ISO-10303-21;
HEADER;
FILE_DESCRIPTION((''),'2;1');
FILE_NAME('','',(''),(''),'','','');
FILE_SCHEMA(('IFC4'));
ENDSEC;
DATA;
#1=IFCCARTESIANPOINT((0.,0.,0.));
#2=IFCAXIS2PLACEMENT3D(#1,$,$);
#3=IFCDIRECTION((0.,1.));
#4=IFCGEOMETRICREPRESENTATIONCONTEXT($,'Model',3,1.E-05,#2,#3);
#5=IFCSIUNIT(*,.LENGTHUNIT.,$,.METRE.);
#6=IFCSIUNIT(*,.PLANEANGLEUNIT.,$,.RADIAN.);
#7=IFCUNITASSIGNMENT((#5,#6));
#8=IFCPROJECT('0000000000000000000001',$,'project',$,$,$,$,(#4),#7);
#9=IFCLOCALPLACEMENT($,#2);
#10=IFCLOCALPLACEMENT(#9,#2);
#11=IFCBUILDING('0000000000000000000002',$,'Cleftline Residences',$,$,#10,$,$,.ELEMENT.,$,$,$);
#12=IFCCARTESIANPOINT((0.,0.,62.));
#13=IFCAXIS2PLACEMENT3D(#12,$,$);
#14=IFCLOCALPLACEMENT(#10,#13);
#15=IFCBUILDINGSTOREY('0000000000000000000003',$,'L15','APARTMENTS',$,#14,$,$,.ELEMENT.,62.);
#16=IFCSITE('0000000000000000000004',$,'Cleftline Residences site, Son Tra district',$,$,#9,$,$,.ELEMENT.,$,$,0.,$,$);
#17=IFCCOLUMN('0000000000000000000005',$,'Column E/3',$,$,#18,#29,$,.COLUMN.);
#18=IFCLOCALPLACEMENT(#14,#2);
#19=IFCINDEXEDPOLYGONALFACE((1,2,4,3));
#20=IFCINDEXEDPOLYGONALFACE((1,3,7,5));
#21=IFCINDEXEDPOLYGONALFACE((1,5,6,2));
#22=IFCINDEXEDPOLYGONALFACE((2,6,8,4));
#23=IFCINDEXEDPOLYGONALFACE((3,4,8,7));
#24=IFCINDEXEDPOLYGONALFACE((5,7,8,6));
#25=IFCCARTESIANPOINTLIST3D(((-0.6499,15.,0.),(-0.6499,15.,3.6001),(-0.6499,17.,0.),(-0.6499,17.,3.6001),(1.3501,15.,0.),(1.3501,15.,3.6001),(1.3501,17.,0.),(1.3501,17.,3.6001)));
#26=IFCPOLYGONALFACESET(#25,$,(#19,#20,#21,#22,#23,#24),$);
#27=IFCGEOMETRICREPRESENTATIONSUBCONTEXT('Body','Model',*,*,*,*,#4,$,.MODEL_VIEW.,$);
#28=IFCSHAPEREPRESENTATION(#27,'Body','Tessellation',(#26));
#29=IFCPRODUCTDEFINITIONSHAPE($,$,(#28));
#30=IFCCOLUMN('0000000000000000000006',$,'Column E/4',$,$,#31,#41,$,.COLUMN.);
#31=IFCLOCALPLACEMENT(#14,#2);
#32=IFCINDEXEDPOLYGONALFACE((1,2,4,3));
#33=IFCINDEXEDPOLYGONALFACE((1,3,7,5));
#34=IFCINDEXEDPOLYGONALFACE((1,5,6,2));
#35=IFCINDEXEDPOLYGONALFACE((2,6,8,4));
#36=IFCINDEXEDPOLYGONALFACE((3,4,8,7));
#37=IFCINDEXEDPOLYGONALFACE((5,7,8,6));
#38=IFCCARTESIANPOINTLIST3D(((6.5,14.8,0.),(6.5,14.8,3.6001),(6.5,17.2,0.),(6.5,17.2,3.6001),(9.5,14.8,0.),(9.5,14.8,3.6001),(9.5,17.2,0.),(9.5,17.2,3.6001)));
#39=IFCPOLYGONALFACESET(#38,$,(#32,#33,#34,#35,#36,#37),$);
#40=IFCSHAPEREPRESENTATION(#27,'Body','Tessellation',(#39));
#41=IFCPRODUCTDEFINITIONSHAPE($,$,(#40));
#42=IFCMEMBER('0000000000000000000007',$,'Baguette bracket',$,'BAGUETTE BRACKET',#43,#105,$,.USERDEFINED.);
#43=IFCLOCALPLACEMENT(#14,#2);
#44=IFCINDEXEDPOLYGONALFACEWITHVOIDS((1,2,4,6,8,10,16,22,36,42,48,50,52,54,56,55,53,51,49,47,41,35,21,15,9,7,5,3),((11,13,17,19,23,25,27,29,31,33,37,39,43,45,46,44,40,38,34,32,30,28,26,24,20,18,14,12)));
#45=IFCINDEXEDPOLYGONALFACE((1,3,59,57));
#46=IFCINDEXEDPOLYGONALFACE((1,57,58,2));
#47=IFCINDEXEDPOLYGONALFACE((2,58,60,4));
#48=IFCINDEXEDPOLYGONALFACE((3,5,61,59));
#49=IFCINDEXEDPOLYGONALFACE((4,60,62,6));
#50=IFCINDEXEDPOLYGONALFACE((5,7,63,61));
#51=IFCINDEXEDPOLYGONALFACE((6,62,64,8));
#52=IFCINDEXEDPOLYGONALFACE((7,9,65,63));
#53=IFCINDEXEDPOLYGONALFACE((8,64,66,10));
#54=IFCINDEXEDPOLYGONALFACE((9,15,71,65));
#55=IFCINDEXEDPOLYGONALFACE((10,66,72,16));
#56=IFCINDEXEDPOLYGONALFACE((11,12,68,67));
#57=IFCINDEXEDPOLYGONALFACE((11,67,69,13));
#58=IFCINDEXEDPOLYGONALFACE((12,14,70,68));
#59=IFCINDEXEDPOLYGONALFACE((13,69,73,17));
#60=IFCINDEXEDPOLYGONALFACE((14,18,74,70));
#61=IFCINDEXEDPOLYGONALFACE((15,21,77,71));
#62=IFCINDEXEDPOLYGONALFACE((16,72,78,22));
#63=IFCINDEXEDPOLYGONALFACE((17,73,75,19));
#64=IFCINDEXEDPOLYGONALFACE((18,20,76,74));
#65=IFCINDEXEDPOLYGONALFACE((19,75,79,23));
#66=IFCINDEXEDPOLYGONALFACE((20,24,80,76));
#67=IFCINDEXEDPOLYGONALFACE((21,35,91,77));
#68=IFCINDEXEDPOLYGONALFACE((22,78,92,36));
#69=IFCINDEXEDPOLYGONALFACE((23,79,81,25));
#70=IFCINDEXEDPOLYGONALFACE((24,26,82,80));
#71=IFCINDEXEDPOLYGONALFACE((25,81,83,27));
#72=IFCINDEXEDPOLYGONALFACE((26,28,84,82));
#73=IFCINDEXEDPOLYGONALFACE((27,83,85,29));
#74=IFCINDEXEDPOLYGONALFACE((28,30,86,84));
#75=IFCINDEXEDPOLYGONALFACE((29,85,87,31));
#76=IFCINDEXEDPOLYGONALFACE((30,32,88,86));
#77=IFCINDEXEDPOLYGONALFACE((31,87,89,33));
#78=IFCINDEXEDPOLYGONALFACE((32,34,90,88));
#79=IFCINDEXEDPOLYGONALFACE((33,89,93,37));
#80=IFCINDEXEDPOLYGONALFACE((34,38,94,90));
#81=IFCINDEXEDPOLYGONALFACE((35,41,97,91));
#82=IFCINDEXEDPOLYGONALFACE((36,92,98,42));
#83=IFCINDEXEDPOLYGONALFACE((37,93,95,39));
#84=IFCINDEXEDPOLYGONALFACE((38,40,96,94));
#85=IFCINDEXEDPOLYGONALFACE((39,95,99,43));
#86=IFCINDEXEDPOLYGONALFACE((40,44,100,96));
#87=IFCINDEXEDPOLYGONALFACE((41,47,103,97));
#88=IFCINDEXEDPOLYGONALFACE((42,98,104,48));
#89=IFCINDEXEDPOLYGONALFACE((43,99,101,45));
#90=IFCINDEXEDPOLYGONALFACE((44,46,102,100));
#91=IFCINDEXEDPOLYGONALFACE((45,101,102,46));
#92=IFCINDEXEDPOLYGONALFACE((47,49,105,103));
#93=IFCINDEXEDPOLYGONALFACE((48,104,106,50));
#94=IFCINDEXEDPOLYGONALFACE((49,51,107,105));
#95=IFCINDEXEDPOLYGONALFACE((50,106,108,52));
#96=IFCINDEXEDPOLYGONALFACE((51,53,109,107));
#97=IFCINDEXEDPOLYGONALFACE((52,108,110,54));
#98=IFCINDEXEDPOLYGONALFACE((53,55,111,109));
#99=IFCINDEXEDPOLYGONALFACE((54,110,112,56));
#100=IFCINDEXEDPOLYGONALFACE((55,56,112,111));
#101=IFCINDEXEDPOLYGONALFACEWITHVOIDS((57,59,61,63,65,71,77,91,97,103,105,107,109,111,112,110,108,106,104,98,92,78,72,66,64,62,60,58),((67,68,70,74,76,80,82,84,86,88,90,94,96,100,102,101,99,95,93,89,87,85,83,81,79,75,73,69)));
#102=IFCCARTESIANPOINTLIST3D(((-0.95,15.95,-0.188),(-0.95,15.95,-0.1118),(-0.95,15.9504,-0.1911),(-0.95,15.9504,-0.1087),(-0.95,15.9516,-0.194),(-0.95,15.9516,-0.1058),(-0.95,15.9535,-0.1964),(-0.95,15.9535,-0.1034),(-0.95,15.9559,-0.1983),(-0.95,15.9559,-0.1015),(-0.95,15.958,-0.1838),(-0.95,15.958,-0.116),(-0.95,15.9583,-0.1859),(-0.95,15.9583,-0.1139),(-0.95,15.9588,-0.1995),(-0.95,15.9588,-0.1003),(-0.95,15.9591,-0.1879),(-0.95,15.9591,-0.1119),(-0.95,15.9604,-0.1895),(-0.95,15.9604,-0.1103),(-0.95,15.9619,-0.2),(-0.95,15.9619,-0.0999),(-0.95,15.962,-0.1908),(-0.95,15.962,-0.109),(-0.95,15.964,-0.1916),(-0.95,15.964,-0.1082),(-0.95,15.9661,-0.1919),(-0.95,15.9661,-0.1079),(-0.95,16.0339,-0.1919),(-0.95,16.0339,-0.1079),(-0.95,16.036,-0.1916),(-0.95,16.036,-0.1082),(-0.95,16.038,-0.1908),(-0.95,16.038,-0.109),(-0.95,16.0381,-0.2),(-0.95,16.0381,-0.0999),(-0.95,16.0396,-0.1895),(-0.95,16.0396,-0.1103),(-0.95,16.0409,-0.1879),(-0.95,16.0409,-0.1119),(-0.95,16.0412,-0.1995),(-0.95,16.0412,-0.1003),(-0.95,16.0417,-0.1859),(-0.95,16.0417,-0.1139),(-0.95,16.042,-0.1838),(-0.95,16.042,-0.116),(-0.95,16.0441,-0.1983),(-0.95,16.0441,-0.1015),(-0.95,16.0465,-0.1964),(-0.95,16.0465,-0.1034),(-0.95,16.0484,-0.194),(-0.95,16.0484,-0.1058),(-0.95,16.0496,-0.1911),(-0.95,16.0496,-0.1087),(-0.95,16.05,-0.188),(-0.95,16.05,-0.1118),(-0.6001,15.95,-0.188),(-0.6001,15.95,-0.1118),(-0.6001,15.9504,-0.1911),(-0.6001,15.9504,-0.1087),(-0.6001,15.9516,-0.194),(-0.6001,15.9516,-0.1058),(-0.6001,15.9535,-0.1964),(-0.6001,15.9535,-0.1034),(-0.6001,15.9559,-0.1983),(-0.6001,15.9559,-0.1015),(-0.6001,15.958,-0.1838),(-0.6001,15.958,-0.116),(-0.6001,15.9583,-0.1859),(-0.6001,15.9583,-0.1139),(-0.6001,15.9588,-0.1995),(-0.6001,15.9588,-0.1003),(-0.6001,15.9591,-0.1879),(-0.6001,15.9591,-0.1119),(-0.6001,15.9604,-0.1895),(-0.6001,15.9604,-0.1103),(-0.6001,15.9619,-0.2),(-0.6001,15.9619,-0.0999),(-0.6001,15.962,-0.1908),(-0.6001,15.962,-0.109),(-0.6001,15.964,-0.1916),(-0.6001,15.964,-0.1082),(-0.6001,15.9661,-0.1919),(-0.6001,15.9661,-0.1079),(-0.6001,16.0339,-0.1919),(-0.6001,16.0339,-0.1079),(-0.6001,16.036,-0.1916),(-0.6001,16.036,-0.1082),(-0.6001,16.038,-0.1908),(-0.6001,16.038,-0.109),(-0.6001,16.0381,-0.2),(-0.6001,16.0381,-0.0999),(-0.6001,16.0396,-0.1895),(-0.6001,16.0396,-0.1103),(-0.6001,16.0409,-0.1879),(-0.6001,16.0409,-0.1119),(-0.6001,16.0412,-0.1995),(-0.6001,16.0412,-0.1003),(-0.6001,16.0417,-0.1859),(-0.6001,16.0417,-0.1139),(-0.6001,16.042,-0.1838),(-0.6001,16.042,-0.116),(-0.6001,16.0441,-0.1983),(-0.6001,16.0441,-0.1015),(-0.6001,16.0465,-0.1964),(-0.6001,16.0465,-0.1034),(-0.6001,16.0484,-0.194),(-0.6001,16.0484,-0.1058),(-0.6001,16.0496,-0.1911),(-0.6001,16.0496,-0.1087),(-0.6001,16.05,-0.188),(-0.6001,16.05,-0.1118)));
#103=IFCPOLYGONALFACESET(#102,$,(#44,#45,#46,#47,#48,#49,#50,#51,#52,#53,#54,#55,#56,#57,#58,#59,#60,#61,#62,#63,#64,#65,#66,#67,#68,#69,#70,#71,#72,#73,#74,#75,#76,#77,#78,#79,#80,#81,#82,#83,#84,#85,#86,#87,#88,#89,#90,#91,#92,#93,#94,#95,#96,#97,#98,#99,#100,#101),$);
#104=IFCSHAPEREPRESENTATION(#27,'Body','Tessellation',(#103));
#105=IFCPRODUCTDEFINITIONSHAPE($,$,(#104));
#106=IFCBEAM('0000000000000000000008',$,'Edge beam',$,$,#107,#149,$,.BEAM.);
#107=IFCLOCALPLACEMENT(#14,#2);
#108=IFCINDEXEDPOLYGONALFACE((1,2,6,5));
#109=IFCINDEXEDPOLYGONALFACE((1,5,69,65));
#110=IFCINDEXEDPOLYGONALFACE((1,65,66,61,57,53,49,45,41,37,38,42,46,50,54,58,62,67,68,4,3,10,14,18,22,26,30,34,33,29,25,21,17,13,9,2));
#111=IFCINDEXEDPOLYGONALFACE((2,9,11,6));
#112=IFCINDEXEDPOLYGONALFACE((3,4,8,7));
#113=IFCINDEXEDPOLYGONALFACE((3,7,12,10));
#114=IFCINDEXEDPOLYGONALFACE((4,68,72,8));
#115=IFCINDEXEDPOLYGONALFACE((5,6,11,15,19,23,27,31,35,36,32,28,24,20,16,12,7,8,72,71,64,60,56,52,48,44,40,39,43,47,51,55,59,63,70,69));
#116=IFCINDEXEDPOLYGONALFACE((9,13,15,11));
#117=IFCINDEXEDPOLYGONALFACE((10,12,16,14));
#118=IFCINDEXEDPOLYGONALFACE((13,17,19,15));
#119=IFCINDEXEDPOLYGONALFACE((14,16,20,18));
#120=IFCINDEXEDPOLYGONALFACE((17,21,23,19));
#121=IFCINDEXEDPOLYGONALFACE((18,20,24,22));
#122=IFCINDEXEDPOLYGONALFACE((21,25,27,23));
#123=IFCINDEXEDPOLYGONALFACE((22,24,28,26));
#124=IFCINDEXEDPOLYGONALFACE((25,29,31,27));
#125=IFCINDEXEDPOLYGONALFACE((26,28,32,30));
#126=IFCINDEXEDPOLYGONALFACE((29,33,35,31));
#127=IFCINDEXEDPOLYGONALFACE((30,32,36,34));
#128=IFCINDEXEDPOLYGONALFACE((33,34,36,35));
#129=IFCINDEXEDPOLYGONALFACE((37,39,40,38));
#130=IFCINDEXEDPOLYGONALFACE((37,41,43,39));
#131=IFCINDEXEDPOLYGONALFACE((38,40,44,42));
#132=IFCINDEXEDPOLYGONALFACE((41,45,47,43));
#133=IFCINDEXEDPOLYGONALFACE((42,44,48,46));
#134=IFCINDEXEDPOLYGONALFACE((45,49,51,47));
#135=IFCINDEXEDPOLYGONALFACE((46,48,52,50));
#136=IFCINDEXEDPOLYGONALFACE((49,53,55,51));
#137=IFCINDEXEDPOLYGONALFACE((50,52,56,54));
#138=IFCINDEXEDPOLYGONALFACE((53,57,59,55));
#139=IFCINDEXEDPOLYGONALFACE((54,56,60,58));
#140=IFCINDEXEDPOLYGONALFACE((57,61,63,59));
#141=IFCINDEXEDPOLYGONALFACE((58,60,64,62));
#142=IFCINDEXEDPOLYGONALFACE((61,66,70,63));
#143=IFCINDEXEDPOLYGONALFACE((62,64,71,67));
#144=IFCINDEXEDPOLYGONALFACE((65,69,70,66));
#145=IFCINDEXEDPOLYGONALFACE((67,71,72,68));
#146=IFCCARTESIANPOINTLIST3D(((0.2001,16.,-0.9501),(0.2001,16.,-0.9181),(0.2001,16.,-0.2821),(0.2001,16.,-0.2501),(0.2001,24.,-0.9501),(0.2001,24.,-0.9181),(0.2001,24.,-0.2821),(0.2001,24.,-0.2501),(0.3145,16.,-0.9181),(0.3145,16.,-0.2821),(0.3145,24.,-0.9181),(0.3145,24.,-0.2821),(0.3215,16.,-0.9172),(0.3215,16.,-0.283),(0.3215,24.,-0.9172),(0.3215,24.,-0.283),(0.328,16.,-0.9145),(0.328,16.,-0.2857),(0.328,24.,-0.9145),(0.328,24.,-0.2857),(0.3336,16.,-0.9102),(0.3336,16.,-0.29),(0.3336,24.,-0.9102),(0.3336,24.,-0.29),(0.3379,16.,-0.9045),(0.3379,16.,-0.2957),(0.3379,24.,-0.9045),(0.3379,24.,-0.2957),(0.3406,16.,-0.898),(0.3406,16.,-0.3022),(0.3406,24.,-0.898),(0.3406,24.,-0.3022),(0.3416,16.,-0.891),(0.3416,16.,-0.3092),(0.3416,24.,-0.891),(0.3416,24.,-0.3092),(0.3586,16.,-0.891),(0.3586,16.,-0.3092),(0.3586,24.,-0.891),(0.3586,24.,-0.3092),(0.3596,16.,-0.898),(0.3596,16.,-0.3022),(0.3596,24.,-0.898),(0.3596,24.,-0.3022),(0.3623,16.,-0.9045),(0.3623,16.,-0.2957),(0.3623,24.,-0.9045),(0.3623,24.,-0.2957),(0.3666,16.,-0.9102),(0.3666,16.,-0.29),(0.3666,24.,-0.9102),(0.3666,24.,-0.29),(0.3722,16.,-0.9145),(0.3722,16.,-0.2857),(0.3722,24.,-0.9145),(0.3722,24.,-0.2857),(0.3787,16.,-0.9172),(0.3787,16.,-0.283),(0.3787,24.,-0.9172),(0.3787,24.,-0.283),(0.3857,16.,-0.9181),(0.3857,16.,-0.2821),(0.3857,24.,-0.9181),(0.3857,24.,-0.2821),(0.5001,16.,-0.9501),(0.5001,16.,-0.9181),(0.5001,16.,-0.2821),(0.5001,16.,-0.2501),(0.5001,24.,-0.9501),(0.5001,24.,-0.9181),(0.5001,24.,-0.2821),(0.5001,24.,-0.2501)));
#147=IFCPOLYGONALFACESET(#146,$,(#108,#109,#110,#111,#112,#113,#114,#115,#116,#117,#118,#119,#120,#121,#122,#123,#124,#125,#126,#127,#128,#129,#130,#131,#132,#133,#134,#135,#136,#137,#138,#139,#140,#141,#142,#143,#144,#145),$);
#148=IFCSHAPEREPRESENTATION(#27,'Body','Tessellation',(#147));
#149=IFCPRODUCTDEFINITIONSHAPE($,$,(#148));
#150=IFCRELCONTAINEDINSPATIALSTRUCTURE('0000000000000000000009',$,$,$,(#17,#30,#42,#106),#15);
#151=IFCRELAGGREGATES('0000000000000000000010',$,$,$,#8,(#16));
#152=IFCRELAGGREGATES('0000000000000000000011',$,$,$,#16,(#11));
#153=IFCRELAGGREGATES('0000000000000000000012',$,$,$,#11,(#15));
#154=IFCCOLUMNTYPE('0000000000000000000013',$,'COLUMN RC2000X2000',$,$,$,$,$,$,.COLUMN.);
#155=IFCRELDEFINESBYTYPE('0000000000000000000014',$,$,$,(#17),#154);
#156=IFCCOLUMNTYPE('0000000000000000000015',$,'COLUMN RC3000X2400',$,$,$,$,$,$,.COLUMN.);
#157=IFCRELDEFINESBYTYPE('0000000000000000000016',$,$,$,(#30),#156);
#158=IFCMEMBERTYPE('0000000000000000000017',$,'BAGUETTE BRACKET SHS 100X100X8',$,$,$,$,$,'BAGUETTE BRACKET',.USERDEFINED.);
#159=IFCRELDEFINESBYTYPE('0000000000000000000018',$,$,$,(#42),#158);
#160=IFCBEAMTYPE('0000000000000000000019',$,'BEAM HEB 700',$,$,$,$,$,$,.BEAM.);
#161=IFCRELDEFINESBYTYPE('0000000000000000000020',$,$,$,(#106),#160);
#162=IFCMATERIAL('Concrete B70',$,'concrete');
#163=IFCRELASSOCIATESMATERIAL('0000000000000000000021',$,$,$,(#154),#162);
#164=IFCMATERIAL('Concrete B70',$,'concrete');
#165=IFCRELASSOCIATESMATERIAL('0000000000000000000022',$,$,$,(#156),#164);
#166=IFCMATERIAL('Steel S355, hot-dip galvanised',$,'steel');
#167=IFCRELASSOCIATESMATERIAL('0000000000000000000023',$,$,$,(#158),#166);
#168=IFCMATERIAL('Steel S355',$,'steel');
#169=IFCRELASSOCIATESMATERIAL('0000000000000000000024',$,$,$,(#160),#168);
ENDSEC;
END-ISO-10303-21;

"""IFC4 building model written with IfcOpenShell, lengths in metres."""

from ifc_helpers import new_model, si_unit, direction, frame, origin, origin_2d, place, context, subcontext, project, spatial, rectangle, hollow_rectangle, i_section, extrude, material, material_profile, profile_set, type_object, element, save


model = new_model("IFC4")

# Units and contexts
model_context = context("Model", 3, precision=1e-05, world=origin(), true_north=direction((0.0, 1.0)))
body_context = subcontext(model_context, "Body", "Model", "MODEL_VIEW")
ifc_project = project(units=[si_unit("LENGTHUNIT", "METRE"), si_unit("PLANEANGLEUNIT", "RADIAN")], contexts=[model_context])

# Site, building, storey
site_placement = place(None, origin())
site = spatial("IfcSite", under=ifc_project, at=site_placement, Name="Cleftline Residences site, Son Tra district", CompositionType="ELEMENT", RefElevation=0.0)
building_placement = place(site_placement, origin())
building = spatial("IfcBuilding", under=site, at=building_placement, Name="Cleftline Residences", CompositionType="ELEMENT")
storey_placement = place(building_placement, frame((0.0, 0.0, 62.0)))
storey = spatial("IfcBuildingStorey", under=building, at=storey_placement, Name="L15", Description="APARTMENTS", CompositionType="ELEMENT", Elevation=62.0)

# Columns
ifc_material_1 = material(Name="Concrete B70", Category="concrete")
ifc_material_profile_1 = material_profile(ifc_material_1, rectangle(XDim=2.0, YDim=2.0, at=origin_2d()))
ifc_profile_set_1 = profile_set([ifc_material_profile_1], Name="Concrete B70")
column_type_1 = type_object("IfcColumnType", Name="COLUMN RC2000X2000", PredefinedType="COLUMN", material=ifc_profile_set_1)
column_1_placement = place(storey_placement, frame((0.3501, 16.0, 0.0), z_axis=(0.0, 0.0, 1.0), x_axis=(1.0, 0.0, 0.0)))
element("IfcColumn", 1, at=column_1_placement, inside=storey, type_object=column_type_1, Name="Column E/3", PredefinedType="COLUMN", context=body_context, shape_type="SweptSolid", body=[
    extrude(rectangle(XDim=2.0, YDim=2.0, at=origin_2d()), origin(), (0.0, 0.0, 1.0), 3.6001),
])
ifc_material_2 = material(Name="Concrete B70", Category="concrete")
ifc_material_profile_2 = material_profile(ifc_material_2, rectangle(XDim=3.0, YDim=2.3999, at=origin_2d()))
ifc_profile_set_2 = profile_set([ifc_material_profile_2], Name="Concrete B70")
column_type_2 = type_object("IfcColumnType", Name="COLUMN RC3000X2400", PredefinedType="COLUMN", material=ifc_profile_set_2)
column_2_placement = place(storey_placement, frame((8.0, 16.0, 0.0), z_axis=(0.0, 0.0, 1.0), x_axis=(1.0, 0.0, 0.0)))
element("IfcColumn", 2, at=column_2_placement, inside=storey, type_object=column_type_2, Name="Column E/4", PredefinedType="COLUMN", context=body_context, shape_type="SweptSolid", body=[
    extrude(rectangle(XDim=3.0, YDim=2.3999, at=origin_2d()), origin(), (0.0, 0.0, 1.0), 3.6001),
])

# Member
ifc_material_3 = material(Name="Steel S355, hot-dip galvanised", Category="steel")
ifc_material_profile_3 = material_profile(ifc_material_3, hollow_rectangle(XDim=0.1001, YDim=0.1001, WallThickness=0.0081, InnerFilletRadius=0.0081, OuterFilletRadius=0.012, at=origin_2d()))
ifc_profile_set_3 = profile_set([ifc_material_profile_3], Name="Steel S355, hot-dip galvanised")
member_type_1 = type_object("IfcMemberType", Name="BAGUETTE BRACKET SHS 100X100X8", ElementType="BAGUETTE BRACKET", PredefinedType="USERDEFINED", material=ifc_profile_set_3)
member_placement = place(storey_placement, frame((-0.6001, 16.0, -0.1499), z_axis=(-1.0, 0.0, 0.0), x_axis=(0.0, -1.0, 0.0)))
element("IfcMember", 3, at=member_placement, inside=storey, type_object=member_type_1, Name="Baguette bracket", ObjectType="BAGUETTE BRACKET", PredefinedType="USERDEFINED", context=body_context, shape_type="SweptSolid", body=[
    extrude(hollow_rectangle(XDim=0.1001, YDim=0.1001, WallThickness=0.0081, InnerFilletRadius=0.0081, OuterFilletRadius=0.012, at=origin_2d()), origin(), (0.0, 0.0, 1.0), 0.3499),
])

# Beam
ifc_material_4 = material(Name="Steel S355", Category="steel")
ifc_material_profile_4 = material_profile(ifc_material_4, i_section(OverallWidth=0.3, OverallDepth=0.7, WebThickness=0.0171, FlangeThickness=0.032, FilletRadius=0.0271, at=origin_2d()))
ifc_profile_set_4 = profile_set([ifc_material_profile_4], Name="Steel S355")
beam_type_1 = type_object("IfcBeamType", Name="BEAM HEB 700", PredefinedType="BEAM", material=ifc_profile_set_4)
beam_1_placement = place(storey_placement, frame((0.3501, 16.0, -0.6001), z_axis=(0.0, 1.0, 0.0), x_axis=(-1.0, 0.0, 0.0)))
element("IfcBeam", 4, at=beam_1_placement, inside=storey, type_object=beam_type_1, Name="Edge beam", PredefinedType="BEAM", context=body_context, shape_type="SweptSolid", body=[
    extrude(i_section(OverallWidth=0.3, OverallDepth=0.7, WebThickness=0.0171, FlangeThickness=0.032, FilletRadius=0.0271, at=origin_2d()), origin(), (0.0, 0.0, 1.0), 8.0),
])

save(model, "model.ifc")
